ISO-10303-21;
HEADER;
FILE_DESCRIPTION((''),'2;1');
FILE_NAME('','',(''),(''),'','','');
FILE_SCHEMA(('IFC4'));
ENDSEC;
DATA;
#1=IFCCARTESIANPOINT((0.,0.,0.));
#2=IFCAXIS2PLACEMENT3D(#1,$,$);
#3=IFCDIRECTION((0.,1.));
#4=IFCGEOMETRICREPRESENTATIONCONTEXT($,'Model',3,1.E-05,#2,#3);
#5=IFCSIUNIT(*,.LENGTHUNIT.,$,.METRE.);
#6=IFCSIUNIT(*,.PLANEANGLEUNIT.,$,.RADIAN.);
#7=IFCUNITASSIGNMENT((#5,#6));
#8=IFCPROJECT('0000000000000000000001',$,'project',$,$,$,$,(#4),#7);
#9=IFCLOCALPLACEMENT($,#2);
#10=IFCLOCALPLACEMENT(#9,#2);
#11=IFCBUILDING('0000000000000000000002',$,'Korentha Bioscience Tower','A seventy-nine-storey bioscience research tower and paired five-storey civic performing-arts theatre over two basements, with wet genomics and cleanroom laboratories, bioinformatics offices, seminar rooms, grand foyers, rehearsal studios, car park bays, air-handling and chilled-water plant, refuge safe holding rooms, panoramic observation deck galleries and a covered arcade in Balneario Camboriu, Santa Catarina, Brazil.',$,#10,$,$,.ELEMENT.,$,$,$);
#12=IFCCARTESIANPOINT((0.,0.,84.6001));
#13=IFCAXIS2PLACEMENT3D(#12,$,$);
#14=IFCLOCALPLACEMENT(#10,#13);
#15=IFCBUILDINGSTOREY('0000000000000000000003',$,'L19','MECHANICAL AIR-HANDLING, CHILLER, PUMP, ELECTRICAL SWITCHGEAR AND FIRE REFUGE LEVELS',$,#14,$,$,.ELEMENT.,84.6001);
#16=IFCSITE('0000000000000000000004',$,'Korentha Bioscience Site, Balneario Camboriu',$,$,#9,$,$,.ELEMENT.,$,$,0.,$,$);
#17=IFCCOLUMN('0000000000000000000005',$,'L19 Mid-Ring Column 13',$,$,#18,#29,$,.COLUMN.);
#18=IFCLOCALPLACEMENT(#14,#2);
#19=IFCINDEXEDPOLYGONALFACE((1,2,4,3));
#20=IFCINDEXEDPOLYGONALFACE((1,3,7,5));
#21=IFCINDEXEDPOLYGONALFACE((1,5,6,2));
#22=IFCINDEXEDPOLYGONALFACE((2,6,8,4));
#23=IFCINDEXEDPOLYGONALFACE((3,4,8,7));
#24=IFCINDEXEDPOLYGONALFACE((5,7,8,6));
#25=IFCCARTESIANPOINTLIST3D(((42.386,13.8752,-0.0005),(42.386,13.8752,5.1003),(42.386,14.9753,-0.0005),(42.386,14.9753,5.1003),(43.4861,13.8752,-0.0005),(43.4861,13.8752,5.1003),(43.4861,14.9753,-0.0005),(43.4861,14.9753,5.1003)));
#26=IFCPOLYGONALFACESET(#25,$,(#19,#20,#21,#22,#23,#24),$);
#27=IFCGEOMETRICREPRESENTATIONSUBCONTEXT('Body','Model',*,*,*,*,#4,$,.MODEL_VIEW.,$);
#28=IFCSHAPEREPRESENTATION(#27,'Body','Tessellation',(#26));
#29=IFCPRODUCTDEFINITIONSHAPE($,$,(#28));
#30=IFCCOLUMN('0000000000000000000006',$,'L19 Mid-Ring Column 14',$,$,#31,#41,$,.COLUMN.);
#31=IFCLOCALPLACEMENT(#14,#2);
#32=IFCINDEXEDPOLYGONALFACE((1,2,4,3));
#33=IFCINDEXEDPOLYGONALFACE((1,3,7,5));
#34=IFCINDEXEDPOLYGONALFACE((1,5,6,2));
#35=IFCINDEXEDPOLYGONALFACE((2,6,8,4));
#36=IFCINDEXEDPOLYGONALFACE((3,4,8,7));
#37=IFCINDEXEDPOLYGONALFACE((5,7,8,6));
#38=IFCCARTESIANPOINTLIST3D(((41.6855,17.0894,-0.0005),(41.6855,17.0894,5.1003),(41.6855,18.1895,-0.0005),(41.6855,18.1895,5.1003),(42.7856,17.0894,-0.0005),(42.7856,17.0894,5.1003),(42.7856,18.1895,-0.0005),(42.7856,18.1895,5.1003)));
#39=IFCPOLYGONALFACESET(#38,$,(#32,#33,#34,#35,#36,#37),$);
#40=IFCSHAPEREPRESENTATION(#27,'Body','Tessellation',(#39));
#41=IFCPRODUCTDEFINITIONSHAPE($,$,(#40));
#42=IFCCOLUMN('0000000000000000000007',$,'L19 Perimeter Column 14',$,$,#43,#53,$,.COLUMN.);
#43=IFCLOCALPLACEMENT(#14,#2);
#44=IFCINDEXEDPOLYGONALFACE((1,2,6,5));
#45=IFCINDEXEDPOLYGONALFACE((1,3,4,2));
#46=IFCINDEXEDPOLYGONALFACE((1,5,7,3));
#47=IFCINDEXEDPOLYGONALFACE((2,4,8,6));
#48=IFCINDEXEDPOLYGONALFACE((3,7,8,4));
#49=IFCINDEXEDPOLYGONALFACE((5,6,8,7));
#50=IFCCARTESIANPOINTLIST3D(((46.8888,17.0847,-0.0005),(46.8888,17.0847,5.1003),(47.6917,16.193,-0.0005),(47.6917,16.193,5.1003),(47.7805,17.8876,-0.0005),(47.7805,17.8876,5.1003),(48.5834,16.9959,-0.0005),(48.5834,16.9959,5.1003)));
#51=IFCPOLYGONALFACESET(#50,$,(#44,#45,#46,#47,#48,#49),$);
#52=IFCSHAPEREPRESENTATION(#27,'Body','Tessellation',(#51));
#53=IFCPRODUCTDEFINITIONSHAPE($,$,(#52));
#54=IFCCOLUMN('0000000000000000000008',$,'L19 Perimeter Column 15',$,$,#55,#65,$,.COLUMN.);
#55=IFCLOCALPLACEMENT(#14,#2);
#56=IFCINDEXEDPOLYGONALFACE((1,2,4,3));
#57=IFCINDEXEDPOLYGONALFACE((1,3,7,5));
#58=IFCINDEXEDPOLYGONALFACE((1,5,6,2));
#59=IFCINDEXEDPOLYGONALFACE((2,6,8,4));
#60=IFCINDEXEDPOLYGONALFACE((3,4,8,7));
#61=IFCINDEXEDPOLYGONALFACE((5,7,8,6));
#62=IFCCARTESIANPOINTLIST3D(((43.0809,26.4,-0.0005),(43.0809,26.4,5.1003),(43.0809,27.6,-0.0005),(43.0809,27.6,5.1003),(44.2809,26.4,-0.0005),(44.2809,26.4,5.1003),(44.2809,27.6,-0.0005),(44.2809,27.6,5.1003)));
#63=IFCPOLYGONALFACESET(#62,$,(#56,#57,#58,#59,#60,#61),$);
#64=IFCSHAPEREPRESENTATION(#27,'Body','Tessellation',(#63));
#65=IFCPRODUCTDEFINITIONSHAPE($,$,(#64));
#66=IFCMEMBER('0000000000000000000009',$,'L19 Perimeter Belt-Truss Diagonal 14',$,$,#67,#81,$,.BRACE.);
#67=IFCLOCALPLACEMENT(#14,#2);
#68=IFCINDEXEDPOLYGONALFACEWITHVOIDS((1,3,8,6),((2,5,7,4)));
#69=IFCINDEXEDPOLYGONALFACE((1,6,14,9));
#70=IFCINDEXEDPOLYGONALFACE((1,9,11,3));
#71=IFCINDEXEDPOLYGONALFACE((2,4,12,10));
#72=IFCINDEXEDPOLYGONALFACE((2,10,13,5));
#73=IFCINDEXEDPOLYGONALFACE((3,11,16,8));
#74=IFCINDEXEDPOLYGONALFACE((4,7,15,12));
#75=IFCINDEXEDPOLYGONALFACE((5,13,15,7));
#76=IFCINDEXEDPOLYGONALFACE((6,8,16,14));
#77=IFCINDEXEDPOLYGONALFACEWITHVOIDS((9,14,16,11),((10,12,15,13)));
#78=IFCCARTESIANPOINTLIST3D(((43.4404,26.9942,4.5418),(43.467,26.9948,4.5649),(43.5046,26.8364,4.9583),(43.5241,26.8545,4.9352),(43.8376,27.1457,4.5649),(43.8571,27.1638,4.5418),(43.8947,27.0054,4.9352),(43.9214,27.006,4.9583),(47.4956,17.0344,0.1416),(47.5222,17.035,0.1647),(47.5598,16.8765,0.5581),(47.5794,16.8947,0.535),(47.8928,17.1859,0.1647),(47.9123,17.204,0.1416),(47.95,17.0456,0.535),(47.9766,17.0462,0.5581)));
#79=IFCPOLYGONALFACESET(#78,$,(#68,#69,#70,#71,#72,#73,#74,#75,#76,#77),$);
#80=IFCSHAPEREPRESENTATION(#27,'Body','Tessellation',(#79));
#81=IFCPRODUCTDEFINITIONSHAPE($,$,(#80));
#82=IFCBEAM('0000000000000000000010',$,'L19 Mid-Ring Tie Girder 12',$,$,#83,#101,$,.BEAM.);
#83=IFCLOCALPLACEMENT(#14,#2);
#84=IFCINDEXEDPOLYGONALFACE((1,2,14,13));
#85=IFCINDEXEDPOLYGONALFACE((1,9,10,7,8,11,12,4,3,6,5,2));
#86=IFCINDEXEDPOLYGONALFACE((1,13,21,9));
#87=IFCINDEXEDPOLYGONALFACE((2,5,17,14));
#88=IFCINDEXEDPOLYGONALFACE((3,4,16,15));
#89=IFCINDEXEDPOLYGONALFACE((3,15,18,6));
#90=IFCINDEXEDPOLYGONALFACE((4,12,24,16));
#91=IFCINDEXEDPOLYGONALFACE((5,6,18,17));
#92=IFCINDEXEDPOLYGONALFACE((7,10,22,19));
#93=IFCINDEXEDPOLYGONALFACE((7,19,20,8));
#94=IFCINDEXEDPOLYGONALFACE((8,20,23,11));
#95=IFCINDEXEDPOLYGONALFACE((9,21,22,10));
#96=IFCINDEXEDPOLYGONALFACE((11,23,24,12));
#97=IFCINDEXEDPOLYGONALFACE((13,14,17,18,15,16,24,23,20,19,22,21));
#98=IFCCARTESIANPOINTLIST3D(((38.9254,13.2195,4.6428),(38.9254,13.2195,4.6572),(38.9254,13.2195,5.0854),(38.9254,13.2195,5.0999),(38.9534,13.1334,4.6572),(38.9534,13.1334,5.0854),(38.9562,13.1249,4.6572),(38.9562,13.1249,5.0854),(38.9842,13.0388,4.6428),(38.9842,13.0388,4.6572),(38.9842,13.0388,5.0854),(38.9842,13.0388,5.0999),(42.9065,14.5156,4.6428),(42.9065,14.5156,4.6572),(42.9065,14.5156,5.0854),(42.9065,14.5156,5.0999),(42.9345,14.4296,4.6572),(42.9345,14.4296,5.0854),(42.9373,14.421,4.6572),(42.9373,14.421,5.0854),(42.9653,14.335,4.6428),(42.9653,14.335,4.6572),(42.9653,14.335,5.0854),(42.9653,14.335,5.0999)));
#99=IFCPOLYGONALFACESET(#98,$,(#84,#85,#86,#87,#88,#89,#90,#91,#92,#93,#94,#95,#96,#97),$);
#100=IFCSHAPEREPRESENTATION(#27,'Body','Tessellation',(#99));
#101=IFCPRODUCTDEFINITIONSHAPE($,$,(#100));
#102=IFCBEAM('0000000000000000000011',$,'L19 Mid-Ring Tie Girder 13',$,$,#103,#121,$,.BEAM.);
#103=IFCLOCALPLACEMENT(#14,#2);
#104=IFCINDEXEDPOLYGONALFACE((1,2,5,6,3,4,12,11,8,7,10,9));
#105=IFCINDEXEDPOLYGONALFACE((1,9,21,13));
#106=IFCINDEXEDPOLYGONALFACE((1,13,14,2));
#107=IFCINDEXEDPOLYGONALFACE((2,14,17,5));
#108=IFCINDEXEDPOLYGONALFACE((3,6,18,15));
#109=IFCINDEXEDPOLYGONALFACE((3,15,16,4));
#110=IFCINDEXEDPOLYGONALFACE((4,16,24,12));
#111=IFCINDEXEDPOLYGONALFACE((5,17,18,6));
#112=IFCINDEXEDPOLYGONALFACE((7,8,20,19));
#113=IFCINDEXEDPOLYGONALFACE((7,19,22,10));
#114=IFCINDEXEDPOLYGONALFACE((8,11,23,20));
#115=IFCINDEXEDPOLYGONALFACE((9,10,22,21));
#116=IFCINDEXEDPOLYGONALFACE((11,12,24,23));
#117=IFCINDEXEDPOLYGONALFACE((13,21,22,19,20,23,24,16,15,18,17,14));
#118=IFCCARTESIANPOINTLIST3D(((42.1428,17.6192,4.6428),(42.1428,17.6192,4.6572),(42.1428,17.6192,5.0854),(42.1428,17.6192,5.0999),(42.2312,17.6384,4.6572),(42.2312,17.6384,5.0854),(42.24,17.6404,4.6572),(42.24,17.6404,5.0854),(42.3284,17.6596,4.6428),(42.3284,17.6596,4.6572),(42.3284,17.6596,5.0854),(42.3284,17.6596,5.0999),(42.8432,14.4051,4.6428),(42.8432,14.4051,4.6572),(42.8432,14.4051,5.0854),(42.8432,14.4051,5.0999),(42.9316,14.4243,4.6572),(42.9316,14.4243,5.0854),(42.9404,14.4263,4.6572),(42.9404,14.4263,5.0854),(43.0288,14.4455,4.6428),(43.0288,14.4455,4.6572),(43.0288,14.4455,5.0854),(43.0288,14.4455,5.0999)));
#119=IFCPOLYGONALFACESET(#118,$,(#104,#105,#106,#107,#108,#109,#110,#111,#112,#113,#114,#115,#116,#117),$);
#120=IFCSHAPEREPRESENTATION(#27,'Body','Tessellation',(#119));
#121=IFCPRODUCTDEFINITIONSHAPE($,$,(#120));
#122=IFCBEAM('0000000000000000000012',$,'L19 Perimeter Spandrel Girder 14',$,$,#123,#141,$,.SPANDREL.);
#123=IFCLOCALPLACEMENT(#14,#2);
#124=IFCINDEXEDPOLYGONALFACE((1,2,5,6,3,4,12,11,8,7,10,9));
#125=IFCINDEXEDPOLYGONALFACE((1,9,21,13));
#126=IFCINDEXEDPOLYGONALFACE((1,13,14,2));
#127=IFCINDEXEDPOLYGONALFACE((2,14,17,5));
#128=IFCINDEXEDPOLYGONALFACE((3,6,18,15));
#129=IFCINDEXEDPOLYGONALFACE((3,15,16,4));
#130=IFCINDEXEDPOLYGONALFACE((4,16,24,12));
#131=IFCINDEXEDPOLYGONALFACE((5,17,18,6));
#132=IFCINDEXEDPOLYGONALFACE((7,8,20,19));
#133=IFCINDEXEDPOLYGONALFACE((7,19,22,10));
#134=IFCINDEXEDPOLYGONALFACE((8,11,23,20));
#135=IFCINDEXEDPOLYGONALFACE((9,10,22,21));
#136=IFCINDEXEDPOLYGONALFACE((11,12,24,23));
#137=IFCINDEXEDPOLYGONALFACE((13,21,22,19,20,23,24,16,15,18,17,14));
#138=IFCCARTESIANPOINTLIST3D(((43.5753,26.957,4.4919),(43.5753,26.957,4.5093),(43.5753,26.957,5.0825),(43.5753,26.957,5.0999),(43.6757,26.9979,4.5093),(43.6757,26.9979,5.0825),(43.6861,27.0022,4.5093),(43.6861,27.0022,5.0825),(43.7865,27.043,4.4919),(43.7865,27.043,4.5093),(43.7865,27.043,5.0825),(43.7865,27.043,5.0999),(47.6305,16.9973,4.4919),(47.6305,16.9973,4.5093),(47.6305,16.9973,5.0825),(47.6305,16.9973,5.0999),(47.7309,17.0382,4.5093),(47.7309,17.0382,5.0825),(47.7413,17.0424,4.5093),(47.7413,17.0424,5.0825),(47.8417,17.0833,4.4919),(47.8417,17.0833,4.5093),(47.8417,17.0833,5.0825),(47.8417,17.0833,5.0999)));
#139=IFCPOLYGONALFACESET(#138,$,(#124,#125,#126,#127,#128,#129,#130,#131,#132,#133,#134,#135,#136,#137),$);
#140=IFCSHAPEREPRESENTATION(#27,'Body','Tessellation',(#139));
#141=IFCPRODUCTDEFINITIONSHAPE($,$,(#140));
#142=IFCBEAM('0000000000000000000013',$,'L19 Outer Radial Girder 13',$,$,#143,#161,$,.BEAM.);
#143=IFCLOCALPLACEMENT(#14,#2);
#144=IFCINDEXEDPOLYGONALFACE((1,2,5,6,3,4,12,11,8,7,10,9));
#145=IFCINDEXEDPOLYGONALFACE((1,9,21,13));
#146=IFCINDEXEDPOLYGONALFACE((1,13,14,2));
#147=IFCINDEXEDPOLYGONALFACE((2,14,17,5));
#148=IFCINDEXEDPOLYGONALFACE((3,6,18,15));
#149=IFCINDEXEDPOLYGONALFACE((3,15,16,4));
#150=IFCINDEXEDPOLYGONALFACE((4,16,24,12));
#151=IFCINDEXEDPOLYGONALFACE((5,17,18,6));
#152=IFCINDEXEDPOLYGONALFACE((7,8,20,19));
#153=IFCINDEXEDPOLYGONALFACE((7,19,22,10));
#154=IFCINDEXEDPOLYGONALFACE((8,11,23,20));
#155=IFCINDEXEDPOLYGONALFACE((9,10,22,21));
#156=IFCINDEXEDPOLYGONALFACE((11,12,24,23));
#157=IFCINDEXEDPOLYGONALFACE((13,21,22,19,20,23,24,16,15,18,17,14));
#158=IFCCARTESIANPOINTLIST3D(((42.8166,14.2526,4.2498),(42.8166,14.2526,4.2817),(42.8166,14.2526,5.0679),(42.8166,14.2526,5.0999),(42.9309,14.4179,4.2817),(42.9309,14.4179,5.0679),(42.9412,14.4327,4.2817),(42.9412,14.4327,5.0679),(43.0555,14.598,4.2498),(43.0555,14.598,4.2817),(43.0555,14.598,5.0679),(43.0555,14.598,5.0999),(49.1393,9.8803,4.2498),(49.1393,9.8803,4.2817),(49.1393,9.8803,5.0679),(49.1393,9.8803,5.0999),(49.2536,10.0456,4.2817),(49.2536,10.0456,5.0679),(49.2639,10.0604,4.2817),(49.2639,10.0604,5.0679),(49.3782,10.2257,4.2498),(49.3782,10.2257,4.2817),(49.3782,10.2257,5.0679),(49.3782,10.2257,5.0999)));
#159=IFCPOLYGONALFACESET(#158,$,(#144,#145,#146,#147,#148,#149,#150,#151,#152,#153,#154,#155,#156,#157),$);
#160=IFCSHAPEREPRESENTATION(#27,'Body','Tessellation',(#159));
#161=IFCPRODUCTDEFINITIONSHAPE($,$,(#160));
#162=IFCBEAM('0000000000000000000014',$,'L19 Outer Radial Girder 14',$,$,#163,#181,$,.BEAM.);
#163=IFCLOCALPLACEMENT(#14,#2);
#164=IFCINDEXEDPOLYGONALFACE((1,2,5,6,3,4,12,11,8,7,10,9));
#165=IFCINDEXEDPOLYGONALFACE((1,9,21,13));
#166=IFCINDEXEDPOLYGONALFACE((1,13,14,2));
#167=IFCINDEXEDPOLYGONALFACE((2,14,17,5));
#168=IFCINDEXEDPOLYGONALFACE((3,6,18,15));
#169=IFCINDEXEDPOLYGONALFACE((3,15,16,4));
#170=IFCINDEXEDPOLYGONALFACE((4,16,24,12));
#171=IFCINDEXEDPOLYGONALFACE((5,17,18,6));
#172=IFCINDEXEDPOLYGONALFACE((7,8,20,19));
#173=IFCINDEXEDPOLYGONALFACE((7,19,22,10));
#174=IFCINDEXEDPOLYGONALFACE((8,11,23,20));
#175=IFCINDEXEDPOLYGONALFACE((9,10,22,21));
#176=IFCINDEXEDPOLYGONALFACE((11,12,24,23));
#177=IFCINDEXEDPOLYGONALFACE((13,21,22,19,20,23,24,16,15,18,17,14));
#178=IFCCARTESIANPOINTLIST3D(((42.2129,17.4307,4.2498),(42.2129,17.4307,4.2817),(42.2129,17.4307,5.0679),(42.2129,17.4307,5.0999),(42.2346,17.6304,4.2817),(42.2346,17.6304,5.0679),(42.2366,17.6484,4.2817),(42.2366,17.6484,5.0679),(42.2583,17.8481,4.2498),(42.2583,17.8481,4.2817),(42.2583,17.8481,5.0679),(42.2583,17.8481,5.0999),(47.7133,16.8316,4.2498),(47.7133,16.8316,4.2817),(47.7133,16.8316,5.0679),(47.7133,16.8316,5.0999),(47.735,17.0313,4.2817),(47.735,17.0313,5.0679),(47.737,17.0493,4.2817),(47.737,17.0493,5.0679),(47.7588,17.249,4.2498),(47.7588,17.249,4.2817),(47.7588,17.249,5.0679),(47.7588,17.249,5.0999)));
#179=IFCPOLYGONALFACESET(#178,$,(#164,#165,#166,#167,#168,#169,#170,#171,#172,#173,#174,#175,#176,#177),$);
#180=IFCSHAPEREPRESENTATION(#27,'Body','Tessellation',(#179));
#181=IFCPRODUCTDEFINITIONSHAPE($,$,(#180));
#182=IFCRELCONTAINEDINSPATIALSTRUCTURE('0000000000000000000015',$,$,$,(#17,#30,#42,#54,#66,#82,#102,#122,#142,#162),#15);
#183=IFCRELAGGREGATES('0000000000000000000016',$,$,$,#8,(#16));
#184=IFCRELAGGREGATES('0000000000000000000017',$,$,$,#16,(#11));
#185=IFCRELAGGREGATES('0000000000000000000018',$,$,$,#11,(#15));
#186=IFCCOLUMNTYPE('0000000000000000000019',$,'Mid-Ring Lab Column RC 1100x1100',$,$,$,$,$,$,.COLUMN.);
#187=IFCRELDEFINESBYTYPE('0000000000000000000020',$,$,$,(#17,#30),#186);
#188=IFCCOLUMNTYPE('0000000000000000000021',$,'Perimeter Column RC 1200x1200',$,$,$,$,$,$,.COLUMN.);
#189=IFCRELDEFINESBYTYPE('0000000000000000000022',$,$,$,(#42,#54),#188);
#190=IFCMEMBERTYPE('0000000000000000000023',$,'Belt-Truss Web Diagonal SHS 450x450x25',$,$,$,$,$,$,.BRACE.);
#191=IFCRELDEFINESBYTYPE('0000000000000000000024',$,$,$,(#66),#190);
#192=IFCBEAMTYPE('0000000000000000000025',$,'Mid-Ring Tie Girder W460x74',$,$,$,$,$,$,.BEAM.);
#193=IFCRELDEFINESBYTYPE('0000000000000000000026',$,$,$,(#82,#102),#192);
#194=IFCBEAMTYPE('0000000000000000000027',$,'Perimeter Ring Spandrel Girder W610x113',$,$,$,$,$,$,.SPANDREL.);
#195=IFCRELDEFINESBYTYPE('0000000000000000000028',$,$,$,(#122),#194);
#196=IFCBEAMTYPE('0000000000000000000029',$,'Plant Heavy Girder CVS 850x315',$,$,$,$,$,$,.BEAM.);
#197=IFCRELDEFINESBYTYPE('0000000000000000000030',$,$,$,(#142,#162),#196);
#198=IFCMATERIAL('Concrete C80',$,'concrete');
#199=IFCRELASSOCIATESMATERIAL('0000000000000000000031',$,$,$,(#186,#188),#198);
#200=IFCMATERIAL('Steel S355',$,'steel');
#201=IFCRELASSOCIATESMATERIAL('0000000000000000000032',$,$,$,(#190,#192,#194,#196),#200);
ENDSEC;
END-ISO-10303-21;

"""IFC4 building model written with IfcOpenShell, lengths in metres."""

from ifc_helpers import new_model, si_unit, direction, frame, origin, origin_2d, place, context, subcontext, project, spatial, rectangle, hollow_rectangle, i_section, extrude, material, material_profile, profile_set, type_object, element, save


model = new_model("IFC4")

# Units and contexts
model_context = context("Model", 3, precision=1e-05, world=origin(), true_north=direction((0.0, 1.0)))
body_context = subcontext(model_context, "Body", "Model", "MODEL_VIEW")
ifc_project = project(units=[si_unit("LENGTHUNIT", "METRE"), si_unit("PLANEANGLEUNIT", "RADIAN")], contexts=[model_context])

# Site, building, storey
site_placement = place(None, origin())
site = spatial("IfcSite", under=ifc_project, at=site_placement, Name="Korentha Bioscience Site, Balneario Camboriu", CompositionType="ELEMENT", RefElevation=0.0)
building_placement = place(site_placement, origin())
building = spatial("IfcBuilding", under=site, at=building_placement, Name="Korentha Bioscience Tower", Description="A seventy-nine-storey bioscience research tower and paired five-storey civic performing-arts theatre over two basements, with wet genomics and cleanroom laboratories, bioinformatics offices, seminar rooms, grand foyers, rehearsal studios, car park bays, air-handling and chilled-water plant, refuge safe holding rooms, panoramic observation deck galleries and a covered arcade in Balneario Camboriu, Santa Catarina, Brazil.", CompositionType="ELEMENT")
storey_placement = place(building_placement, frame((0.0, 0.0, 84.6001)))
storey = spatial("IfcBuildingStorey", under=building, at=storey_placement, Name="L19", Description="MECHANICAL AIR-HANDLING, CHILLER, PUMP, ELECTRICAL SWITCHGEAR AND FIRE REFUGE LEVELS", CompositionType="ELEMENT", Elevation=84.6001)

# Columns
ifc_material_1 = material(Name="Concrete C80", Category="concrete")
ifc_material_profile_1 = material_profile(ifc_material_1, rectangle(XDim=1.1001, YDim=1.1001, at=origin_2d()), Name="Concrete C80")
ifc_profile_set_1 = profile_set([ifc_material_profile_1], Name="Concrete C80 (COL-MR11)")
column_type_1 = type_object("IfcColumnType", Name="Mid-Ring Lab Column RC 1100x1100", PredefinedType="COLUMN", material=ifc_profile_set_1)
for number, where, z_axis, x_axis, name in (
    (1, (42.936, 14.4253, -0.0005), (0.0, 0.0, 1.0), (1.0, 0.0, 0.0), "L19 Mid-Ring Column 13"),
    (2, (42.2356, 17.6394, -0.0005), (0.0, 0.0, 1.0), (1.0, 0.0, 0.0), "L19 Mid-Ring Column 14"),
):
    element("IfcColumn", number, at=place(storey_placement, frame(where, z_axis=z_axis, x_axis=x_axis)), inside=storey, type_object=column_type_1, Name=name, PredefinedType="COLUMN", context=body_context, shape_type="SweptSolid", body=[
        extrude(rectangle(XDim=1.1001, YDim=1.1001, at=origin_2d()), origin(), (0.0, 0.0, 1.0), 5.1008),
    ])
ifc_material_profile_2 = material_profile(ifc_material_1, rectangle(XDim=1.2, YDim=1.2, at=origin_2d()), Name="Concrete C80")
ifc_profile_set_2 = profile_set([ifc_material_profile_2], Name="Concrete C80 (COL-P12)")
column_type_2 = type_object("IfcColumnType", Name="Perimeter Column RC 1200x1200", PredefinedType="COLUMN", material=ifc_profile_set_2)
for number, where, z_axis, x_axis, name in (
    (3, (47.7361, 17.0403, -0.0005), (0.0, 0.0, 1.0), (-0.669131, 0.743145, 0.0), "L19 Perimeter Column 14"),
    (4, (43.6809, 27.0, -0.0005), (0.0, 0.0, 1.0), (0.0, 1.0, 0.0), "L19 Perimeter Column 15"),
):
    element("IfcColumn", number, at=place(storey_placement, frame(where, z_axis=z_axis, x_axis=x_axis)), inside=storey, type_object=column_type_2, Name=name, PredefinedType="COLUMN", context=body_context, shape_type="SweptSolid", body=[
        extrude(rectangle(XDim=1.2, YDim=1.2, at=origin_2d()), origin(), (0.0, 0.0, 1.0), 5.1008),
    ])

# Member
ifc_material_2 = material(Name="Steel S355", Category="steel")
ifc_material_profile_3 = material_profile(ifc_material_2, hollow_rectangle(XDim=0.45, YDim=0.45, WallThickness=0.0249, at=origin_2d()), Name="Steel S355")
ifc_profile_set_3 = profile_set([ifc_material_profile_3], Name="Steel S355 (BT-D450)")
member_type = type_object("IfcMemberType", Name="Belt-Truss Web Diagonal SHS 450x450x25", PredefinedType="BRACE", material=ifc_profile_set_3)
member_placement = place(storey_placement, frame((47.7361, 17.0403, 0.3499), z_axis=(-0.349012, 0.857191, 0.378702), x_axis=(-0.926173, -0.377099, 0.0)))
element("IfcMember", 5, at=member_placement, inside=storey, type_object=member_type, Name="L19 Perimeter Belt-Truss Diagonal 14", PredefinedType="BRACE", context=body_context, shape_type="SweptSolid", body=[
    extrude(hollow_rectangle(XDim=0.45, YDim=0.45, WallThickness=0.0249, at=origin_2d()), origin(), (0.0, 0.0, 1.0), 11.6191),
])

# Beams
ifc_material_profile_4 = material_profile(ifc_material_2, i_section(OverallWidth=0.1899, OverallDepth=0.457, WebThickness=0.009, FlangeThickness=0.0144, at=origin_2d()), Name="Steel S355")
ifc_profile_set_4 = profile_set([ifc_material_profile_4], Name="Steel S355 (MB-460)")
beam_type_1 = type_object("IfcBeamType", Name="Mid-Ring Tie Girder W460x74", PredefinedType="BEAM", material=ifc_profile_set_4)
beam_1_placement = place(storey_placement, frame((38.9548, 13.1292, 4.8713), z_axis=(0.950876, 0.309573, 0.0), x_axis=(-0.309573, 0.950876, 0.0)))
element("IfcBeam", 6, at=beam_1_placement, inside=storey, type_object=beam_type_1, Name="L19 Mid-Ring Tie Girder 12", PredefinedType="BEAM", context=body_context, shape_type="SweptSolid", body=[
    extrude(i_section(OverallWidth=0.1899, OverallDepth=0.457, WebThickness=0.009, FlangeThickness=0.0144, at=origin_2d()), origin(), (0.0, 0.0, 1.0), 4.1868),
])
beam_2_placement = place(storey_placement, frame((42.936, 14.4253, 4.8713), z_axis=(-0.212929, 0.977068, 0.0), x_axis=(-0.977068, -0.212929, 0.0)))
element("IfcBeam", 7, at=beam_2_placement, inside=storey, type_object=beam_type_1, Name="L19 Mid-Ring Tie Girder 13", PredefinedType="BEAM", context=body_context, shape_type="SweptSolid", body=[
    extrude(i_section(OverallWidth=0.1899, OverallDepth=0.457, WebThickness=0.009, FlangeThickness=0.0144, at=origin_2d()), origin(), (0.0, 0.0, 1.0), 3.2896),
])
ifc_material_profile_5 = material_profile(ifc_material_2, i_section(OverallWidth=0.228, OverallDepth=0.6079, WebThickness=0.0112, FlangeThickness=0.0173, at=origin_2d()), Name="Steel S355")
ifc_profile_set_5 = profile_set([ifc_material_profile_5], Name="Steel S355 (SB-610)")
beam_type_2 = type_object("IfcBeamType", Name="Perimeter Ring Spandrel Girder W610x113", PredefinedType="SPANDREL", material=ifc_profile_set_5)
beam_3_placement = place(storey_placement, frame((47.7361, 17.0403, 4.7959), z_axis=(-0.377099, 0.926173, 0.0), x_axis=(-0.926173, -0.377099, 0.0)))
element("IfcBeam", 8, at=beam_3_placement, inside=storey, type_object=beam_type_2, Name="L19 Perimeter Spandrel Girder 14", PredefinedType="SPANDREL", context=body_context, shape_type="SweptSolid", body=[
    extrude(i_section(OverallWidth=0.228, OverallDepth=0.6079, WebThickness=0.0112, FlangeThickness=0.0173, at=origin_2d()), origin(), (0.0, 0.0, 1.0), 10.7537),
])
ifc_material_profile_6 = material_profile(ifc_material_2, i_section(OverallWidth=0.4199, OverallDepth=0.8501, WebThickness=0.0181, FlangeThickness=0.032, at=origin_2d()), Name="Steel S355")
ifc_profile_set_6 = profile_set([ifc_material_profile_6], Name="Steel S355 (MB-850)")
beam_type_3 = type_object("IfcBeamType", Name="Plant Heavy Girder CVS 850x315", PredefinedType="BEAM", material=ifc_profile_set_6)
beam_4_placement = place(storey_placement, frame((42.936, 14.4253, 4.6748), z_axis=(0.822495, -0.568772, 0.0), x_axis=(0.568772, 0.822495, 0.0)))
element("IfcBeam", 9, at=beam_4_placement, inside=storey, type_object=beam_type_3, Name="L19 Outer Radial Girder 13", PredefinedType="BEAM", context=body_context, shape_type="SweptSolid", body=[
    extrude(i_section(OverallWidth=0.4199, OverallDepth=0.8501, WebThickness=0.0181, FlangeThickness=0.032, at=origin_2d()), origin(), (0.0, 0.0, 1.0), 7.6873),
])
beam_5_placement = place(storey_placement, frame((42.2356, 17.6394, 4.6748), z_axis=(0.99412, -0.108281, 0.0), x_axis=(0.108281, 0.99412, 0.0)))
element("IfcBeam", 10, at=beam_5_placement, inside=storey, type_object=beam_type_3, Name="L19 Outer Radial Girder 14", PredefinedType="BEAM", context=body_context, shape_type="SweptSolid", body=[
    extrude(i_section(OverallWidth=0.4199, OverallDepth=0.8501, WebThickness=0.0181, FlangeThickness=0.032, at=origin_2d()), origin(), (0.0, 0.0, 1.0), 5.533),
])

save(model, "model.ifc")
